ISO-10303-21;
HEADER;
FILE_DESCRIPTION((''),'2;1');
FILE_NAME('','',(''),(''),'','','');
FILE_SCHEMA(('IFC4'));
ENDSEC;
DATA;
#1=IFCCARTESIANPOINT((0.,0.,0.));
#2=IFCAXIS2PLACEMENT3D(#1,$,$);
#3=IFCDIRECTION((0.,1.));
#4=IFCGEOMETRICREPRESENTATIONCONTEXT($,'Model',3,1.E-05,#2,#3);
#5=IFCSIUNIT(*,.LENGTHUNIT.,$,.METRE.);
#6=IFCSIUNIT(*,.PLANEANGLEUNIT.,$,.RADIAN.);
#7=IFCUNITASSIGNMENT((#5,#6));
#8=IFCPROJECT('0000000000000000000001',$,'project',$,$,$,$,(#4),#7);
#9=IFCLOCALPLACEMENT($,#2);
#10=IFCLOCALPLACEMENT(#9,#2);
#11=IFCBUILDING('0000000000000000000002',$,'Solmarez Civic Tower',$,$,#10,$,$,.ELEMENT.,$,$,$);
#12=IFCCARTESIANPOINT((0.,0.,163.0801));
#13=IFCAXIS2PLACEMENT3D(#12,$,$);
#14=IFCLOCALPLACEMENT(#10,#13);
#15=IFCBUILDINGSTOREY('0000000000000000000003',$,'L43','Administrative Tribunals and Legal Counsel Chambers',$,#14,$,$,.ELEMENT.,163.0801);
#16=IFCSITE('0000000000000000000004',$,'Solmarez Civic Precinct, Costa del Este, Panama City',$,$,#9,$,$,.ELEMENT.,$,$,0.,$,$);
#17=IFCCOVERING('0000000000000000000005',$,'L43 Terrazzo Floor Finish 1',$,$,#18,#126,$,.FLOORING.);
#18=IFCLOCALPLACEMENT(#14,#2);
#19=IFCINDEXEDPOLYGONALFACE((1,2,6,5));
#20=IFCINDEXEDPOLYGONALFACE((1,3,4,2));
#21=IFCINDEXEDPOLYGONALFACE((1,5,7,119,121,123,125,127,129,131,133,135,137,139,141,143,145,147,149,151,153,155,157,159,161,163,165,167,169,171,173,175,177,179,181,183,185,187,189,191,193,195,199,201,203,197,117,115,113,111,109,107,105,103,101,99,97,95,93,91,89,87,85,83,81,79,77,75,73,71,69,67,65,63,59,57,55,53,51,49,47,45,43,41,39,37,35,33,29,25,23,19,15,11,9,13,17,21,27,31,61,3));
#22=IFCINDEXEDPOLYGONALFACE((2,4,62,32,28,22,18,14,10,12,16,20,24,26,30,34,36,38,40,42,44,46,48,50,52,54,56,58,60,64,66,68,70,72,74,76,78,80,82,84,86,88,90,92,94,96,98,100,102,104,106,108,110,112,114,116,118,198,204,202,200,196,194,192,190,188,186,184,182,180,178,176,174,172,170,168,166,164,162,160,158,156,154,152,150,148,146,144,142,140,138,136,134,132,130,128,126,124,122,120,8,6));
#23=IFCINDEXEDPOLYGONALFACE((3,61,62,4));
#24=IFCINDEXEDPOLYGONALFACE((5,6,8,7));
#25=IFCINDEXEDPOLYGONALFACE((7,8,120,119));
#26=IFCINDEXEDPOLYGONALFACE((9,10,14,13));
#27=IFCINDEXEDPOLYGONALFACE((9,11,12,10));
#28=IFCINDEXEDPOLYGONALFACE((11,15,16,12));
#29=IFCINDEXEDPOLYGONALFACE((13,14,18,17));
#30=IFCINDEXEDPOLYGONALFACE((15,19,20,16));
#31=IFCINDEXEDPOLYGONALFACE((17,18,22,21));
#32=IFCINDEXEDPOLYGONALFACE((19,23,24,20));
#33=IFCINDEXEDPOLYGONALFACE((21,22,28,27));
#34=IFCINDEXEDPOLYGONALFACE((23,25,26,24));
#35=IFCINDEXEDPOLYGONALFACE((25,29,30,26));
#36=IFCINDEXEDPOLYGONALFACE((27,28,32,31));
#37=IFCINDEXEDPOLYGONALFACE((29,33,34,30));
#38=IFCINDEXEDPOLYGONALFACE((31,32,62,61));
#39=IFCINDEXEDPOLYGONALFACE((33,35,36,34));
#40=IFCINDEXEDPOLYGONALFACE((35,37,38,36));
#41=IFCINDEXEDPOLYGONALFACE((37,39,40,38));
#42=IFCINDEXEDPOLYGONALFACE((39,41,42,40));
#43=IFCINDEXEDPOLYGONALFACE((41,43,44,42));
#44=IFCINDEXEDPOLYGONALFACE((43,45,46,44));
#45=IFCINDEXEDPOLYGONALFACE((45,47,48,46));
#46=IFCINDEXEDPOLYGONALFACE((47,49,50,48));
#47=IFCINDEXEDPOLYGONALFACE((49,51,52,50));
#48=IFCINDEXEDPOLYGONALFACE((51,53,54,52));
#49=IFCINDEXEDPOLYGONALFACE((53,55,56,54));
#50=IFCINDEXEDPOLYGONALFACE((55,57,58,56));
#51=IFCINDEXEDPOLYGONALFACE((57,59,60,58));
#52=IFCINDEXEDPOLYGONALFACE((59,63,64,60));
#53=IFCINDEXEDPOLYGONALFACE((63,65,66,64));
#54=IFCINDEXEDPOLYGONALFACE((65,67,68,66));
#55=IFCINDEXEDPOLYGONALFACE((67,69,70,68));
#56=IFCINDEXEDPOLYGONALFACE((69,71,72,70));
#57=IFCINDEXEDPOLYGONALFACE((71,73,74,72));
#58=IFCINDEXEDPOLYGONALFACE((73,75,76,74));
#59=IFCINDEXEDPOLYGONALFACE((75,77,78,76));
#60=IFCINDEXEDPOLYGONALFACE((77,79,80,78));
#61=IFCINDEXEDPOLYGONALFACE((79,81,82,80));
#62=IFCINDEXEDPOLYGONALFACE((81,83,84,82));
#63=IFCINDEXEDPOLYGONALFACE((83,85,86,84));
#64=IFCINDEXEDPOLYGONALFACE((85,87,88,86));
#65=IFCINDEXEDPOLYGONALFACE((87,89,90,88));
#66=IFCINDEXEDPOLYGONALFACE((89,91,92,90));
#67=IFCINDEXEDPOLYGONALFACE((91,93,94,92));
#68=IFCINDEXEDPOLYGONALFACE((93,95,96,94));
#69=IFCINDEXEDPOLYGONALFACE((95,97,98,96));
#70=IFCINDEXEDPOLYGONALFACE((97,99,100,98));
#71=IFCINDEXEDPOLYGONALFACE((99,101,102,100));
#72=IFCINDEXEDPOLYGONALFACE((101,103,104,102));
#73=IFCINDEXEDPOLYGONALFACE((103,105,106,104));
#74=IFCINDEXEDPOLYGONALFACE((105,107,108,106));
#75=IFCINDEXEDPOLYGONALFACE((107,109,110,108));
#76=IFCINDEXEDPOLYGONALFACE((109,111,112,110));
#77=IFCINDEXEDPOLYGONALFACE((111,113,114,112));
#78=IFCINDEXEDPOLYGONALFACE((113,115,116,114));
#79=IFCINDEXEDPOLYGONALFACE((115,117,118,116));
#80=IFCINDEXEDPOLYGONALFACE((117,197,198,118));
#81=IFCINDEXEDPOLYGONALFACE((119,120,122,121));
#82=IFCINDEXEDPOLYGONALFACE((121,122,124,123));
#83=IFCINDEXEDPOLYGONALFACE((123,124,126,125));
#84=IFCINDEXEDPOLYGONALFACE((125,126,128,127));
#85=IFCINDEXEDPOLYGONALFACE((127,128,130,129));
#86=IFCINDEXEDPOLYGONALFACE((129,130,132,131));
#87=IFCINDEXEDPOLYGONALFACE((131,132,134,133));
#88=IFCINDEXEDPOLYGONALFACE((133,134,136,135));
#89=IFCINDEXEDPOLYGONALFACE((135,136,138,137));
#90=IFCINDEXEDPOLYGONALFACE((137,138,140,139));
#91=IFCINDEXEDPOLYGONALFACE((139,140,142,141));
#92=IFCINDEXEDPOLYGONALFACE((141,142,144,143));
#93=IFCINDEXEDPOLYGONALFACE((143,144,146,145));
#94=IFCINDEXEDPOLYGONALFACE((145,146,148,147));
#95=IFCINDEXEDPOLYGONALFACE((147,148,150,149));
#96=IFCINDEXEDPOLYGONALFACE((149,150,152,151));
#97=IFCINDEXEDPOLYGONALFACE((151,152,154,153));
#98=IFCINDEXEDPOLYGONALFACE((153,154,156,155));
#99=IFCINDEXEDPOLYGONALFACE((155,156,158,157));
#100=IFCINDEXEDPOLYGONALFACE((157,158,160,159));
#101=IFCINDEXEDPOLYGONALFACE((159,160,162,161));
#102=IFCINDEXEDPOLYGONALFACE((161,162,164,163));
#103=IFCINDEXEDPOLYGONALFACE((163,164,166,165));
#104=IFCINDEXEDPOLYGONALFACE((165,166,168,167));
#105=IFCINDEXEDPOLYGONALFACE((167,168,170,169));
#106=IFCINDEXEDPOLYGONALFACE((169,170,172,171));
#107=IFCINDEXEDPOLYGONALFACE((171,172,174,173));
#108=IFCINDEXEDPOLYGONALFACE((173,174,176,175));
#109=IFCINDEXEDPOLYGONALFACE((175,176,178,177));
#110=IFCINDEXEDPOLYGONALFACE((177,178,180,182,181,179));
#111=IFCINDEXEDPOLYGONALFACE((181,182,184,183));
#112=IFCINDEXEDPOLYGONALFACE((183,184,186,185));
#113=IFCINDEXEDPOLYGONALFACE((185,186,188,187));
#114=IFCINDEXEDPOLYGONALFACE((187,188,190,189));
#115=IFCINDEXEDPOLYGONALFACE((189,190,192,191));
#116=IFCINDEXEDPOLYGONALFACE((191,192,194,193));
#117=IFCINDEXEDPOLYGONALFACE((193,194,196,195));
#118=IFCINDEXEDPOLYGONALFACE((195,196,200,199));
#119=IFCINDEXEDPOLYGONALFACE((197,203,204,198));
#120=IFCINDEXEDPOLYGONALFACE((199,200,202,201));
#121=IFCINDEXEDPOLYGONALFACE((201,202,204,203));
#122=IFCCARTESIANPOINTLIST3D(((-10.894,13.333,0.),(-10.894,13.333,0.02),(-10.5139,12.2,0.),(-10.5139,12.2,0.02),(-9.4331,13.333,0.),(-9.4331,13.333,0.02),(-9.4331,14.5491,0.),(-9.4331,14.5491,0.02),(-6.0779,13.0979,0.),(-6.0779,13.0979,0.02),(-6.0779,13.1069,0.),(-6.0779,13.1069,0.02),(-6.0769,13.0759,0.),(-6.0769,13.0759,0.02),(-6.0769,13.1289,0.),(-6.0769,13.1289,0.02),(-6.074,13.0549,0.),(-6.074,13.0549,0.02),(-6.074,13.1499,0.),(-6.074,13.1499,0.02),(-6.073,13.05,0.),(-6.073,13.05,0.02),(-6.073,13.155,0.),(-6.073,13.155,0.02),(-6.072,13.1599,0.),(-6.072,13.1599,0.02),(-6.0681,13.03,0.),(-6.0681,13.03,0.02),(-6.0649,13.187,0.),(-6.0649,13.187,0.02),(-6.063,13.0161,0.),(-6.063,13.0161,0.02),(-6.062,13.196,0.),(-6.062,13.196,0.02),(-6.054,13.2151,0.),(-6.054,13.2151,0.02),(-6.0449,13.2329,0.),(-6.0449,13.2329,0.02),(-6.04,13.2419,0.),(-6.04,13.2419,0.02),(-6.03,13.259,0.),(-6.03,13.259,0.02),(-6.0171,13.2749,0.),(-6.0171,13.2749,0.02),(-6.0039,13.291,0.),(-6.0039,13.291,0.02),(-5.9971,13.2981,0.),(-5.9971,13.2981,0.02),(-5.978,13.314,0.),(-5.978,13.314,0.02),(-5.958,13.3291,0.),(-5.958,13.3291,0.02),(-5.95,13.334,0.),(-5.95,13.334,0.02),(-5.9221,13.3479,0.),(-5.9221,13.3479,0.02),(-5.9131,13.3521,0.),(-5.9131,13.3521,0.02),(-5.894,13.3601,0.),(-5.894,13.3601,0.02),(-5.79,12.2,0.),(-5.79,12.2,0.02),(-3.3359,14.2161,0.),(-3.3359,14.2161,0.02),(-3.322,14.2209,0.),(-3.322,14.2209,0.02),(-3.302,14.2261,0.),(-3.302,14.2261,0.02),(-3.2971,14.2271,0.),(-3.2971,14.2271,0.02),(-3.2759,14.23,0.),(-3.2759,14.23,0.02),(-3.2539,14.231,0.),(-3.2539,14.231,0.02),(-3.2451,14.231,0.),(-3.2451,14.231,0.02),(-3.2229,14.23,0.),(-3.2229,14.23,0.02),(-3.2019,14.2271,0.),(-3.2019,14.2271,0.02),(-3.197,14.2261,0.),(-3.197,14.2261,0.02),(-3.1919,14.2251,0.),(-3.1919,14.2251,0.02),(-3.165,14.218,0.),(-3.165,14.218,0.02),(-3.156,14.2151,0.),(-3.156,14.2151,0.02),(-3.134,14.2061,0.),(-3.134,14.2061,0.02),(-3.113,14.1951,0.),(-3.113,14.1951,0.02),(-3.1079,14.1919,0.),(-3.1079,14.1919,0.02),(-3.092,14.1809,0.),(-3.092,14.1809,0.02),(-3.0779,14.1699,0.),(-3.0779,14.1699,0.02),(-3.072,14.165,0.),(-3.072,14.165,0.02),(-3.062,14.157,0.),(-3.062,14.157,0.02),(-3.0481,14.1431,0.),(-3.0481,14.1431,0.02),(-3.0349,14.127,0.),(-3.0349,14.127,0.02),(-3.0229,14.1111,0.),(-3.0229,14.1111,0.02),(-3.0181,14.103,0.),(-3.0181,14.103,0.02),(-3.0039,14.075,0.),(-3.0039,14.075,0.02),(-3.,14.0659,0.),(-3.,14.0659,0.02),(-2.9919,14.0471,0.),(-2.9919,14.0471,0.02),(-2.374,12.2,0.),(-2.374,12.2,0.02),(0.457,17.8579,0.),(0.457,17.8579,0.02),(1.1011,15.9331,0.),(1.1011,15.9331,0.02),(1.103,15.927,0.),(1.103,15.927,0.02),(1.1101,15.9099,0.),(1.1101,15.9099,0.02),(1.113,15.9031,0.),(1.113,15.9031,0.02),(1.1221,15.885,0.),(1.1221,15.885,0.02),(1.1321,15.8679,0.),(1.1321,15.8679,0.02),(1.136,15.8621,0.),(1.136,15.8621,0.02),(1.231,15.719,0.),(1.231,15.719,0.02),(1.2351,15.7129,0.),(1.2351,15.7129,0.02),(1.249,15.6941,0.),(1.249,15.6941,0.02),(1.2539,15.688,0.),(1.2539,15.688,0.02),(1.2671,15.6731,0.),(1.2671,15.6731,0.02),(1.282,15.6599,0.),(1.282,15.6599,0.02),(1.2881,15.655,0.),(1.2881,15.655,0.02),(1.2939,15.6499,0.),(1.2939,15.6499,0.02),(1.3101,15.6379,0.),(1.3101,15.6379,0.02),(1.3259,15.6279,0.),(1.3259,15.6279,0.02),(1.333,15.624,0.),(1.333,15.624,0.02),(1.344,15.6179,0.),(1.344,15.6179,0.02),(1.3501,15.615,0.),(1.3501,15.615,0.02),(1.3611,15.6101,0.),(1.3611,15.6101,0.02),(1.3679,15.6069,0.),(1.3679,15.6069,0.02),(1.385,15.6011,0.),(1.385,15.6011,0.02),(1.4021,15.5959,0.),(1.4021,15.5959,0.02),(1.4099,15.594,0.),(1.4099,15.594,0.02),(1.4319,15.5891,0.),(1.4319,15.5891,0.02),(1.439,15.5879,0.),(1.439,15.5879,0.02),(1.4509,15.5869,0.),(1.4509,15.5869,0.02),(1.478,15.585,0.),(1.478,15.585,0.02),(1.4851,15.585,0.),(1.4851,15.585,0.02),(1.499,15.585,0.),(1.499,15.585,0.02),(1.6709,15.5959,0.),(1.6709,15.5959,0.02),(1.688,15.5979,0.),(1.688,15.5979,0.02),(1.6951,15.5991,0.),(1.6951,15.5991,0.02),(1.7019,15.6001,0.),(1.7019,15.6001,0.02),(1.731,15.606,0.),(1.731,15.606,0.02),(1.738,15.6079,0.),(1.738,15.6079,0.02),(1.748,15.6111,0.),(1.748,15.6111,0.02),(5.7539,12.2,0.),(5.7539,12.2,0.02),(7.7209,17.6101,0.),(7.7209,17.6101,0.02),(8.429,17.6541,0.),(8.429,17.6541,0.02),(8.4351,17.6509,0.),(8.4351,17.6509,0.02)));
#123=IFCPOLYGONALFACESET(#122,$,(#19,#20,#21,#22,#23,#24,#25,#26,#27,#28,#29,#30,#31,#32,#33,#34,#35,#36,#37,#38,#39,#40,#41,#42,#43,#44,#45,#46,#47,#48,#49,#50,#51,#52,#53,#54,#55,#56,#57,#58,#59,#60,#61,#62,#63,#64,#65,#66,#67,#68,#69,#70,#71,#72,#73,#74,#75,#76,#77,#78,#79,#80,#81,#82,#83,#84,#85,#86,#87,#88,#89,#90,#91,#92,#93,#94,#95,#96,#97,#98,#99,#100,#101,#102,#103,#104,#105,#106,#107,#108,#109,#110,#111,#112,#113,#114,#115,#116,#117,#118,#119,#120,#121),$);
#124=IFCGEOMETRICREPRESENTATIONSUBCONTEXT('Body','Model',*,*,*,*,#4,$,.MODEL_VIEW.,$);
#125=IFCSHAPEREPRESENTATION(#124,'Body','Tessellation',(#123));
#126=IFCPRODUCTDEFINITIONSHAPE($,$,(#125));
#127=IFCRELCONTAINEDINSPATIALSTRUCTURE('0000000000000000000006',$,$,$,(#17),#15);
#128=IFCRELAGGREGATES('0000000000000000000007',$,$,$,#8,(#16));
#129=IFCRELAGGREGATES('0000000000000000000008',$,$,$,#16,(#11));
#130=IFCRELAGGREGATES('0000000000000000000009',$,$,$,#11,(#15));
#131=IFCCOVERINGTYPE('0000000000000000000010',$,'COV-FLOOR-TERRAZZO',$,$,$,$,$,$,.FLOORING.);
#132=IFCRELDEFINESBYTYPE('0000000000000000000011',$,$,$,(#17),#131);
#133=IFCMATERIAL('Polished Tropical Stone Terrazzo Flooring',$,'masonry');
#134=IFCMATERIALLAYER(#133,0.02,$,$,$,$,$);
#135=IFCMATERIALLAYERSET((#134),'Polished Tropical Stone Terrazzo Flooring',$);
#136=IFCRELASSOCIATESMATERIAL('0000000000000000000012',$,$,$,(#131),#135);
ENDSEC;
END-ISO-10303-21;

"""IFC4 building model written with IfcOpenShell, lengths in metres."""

from ifc_helpers import new_model, si_unit, direction, frame, origin, place, context, subcontext, project, spatial, polyline, outline, extrude, material, layer, layer_set, type_object, element, save


model = new_model("IFC4")

# Units and contexts
model_context = context("Model", 3, precision=1e-05, world=origin(), true_north=direction((0.0, 1.0)))
body_context = subcontext(model_context, "Body", "Model", "MODEL_VIEW")
ifc_project = project(units=[si_unit("LENGTHUNIT", "METRE"), si_unit("PLANEANGLEUNIT", "RADIAN")], contexts=[model_context])

# Site, building, storey
site_placement = place(None, origin())
site = spatial("IfcSite", under=ifc_project, at=site_placement, Name="Solmarez Civic Precinct, Costa del Este, Panama City", CompositionType="ELEMENT", RefElevation=0.0)
building_placement = place(site_placement, origin())
building = spatial("IfcBuilding", under=site, at=building_placement, Name="Solmarez Civic Tower", CompositionType="ELEMENT")
storey_placement = place(building_placement, frame((0.0, 0.0, 163.0801)))
storey = spatial("IfcBuildingStorey", under=building, at=storey_placement, Name="L43", Description="Administrative Tribunals and Legal Counsel Chambers", CompositionType="ELEMENT", Elevation=163.0801)

# Covering
ifc_material_1 = material(Name="Polished Tropical Stone Terrazzo Flooring", Category="masonry")
ifc_layer_1 = layer(ifc_material_1, 0.02)
ifc_layer_set_1 = layer_set([ifc_layer_1], Name="Polished Tropical Stone Terrazzo Flooring")
covering_type_1 = type_object("IfcCoveringType", Name="COV-FLOOR-TERRAZZO", PredefinedType="FLOORING", material=ifc_layer_set_1)
covering_1_placement = place(storey_placement, origin())
element("IfcCovering", 1, at=covering_1_placement, inside=storey, type_object=covering_type_1, Name="L43 Terrazzo Floor Finish 1", PredefinedType="FLOORING", context=body_context, shape_type="SweptSolid", body=[
    extrude(outline(polyline([(-9.4331, 14.5491), (-9.4331, 13.333), (-10.894, 13.333), (-10.5139, 12.2), (-5.79, 12.2), (-6.063, 13.0161), (-6.0681, 13.03), (-6.073, 13.05), (-6.074, 13.0549), (-6.0769, 13.0759), (-6.0779, 13.0979), (-6.0779, 13.1069), (-6.0769, 13.1289), (-6.074, 13.1499), (-6.073, 13.155), (-6.072, 13.1599), (-6.0649, 13.187), (-6.062, 13.196), (-6.054, 13.2151), (-6.0449, 13.2329), (-6.04, 13.2419), (-6.03, 13.259), (-6.0171, 13.2749), (-6.0039, 13.291), (-5.9971, 13.2981), (-5.978, 13.314), (-5.958, 13.3291), (-5.95, 13.334), (-5.9221, 13.3479), (-5.9131, 13.3521), (-5.894, 13.3601), (-3.3359, 14.2161), (-3.322, 14.2209), (-3.302, 14.2261), (-3.2971, 14.2271), (-3.2759, 14.23), (-3.2539, 14.231), (-3.2451, 14.231), (-3.2229, 14.23), (-3.2019, 14.2271), (-3.197, 14.2261), (-3.1919, 14.2251), (-3.165, 14.218), (-3.156, 14.2151), (-3.134, 14.2061), (-3.113, 14.1951), (-3.1079, 14.1919), (-3.092, 14.1809), (-3.0779, 14.1699), (-3.072, 14.165), (-3.062, 14.157), (-3.0481, 14.1431), (-3.0349, 14.127), (-3.0229, 14.1111), (-3.0181, 14.103), (-3.0039, 14.075), (-3.0, 14.0659), (-2.9919, 14.0471), (-2.374, 12.2), (5.7539, 12.2), (8.4351, 17.6509), (8.429, 17.6541), (7.7209, 17.6101), (1.748, 15.6111), (1.738, 15.6079), (1.731, 15.606), (1.7019, 15.6001), (1.6951, 15.5991), (1.688, 15.5979), (1.6709, 15.5959), (1.499, 15.585), (1.4851, 15.585), (1.478, 15.585), (1.4509, 15.5869), (1.439, 15.5879), (1.4319, 15.5891), (1.4099, 15.594), (1.4021, 15.5959), (1.385, 15.6011), (1.3679, 15.6069), (1.3611, 15.6101), (1.3501, 15.615), (1.344, 15.6179), (1.333, 15.624), (1.3259, 15.6279), (1.3101, 15.6379), (1.2939, 15.6499), (1.2881, 15.655), (1.282, 15.6599), (1.2671, 15.6731), (1.2539, 15.688), (1.249, 15.6941), (1.2351, 15.7129), (1.231, 15.719), (1.136, 15.8621), (1.1321, 15.8679), (1.1221, 15.885), (1.113, 15.9031), (1.1101, 15.9099), (1.103, 15.927), (1.1011, 15.9331), (0.457, 17.8579), (-9.4331, 14.5491)])), origin(), (0.0, 0.0, 1.0), 0.02),
])

save(model, "model.ifc")
